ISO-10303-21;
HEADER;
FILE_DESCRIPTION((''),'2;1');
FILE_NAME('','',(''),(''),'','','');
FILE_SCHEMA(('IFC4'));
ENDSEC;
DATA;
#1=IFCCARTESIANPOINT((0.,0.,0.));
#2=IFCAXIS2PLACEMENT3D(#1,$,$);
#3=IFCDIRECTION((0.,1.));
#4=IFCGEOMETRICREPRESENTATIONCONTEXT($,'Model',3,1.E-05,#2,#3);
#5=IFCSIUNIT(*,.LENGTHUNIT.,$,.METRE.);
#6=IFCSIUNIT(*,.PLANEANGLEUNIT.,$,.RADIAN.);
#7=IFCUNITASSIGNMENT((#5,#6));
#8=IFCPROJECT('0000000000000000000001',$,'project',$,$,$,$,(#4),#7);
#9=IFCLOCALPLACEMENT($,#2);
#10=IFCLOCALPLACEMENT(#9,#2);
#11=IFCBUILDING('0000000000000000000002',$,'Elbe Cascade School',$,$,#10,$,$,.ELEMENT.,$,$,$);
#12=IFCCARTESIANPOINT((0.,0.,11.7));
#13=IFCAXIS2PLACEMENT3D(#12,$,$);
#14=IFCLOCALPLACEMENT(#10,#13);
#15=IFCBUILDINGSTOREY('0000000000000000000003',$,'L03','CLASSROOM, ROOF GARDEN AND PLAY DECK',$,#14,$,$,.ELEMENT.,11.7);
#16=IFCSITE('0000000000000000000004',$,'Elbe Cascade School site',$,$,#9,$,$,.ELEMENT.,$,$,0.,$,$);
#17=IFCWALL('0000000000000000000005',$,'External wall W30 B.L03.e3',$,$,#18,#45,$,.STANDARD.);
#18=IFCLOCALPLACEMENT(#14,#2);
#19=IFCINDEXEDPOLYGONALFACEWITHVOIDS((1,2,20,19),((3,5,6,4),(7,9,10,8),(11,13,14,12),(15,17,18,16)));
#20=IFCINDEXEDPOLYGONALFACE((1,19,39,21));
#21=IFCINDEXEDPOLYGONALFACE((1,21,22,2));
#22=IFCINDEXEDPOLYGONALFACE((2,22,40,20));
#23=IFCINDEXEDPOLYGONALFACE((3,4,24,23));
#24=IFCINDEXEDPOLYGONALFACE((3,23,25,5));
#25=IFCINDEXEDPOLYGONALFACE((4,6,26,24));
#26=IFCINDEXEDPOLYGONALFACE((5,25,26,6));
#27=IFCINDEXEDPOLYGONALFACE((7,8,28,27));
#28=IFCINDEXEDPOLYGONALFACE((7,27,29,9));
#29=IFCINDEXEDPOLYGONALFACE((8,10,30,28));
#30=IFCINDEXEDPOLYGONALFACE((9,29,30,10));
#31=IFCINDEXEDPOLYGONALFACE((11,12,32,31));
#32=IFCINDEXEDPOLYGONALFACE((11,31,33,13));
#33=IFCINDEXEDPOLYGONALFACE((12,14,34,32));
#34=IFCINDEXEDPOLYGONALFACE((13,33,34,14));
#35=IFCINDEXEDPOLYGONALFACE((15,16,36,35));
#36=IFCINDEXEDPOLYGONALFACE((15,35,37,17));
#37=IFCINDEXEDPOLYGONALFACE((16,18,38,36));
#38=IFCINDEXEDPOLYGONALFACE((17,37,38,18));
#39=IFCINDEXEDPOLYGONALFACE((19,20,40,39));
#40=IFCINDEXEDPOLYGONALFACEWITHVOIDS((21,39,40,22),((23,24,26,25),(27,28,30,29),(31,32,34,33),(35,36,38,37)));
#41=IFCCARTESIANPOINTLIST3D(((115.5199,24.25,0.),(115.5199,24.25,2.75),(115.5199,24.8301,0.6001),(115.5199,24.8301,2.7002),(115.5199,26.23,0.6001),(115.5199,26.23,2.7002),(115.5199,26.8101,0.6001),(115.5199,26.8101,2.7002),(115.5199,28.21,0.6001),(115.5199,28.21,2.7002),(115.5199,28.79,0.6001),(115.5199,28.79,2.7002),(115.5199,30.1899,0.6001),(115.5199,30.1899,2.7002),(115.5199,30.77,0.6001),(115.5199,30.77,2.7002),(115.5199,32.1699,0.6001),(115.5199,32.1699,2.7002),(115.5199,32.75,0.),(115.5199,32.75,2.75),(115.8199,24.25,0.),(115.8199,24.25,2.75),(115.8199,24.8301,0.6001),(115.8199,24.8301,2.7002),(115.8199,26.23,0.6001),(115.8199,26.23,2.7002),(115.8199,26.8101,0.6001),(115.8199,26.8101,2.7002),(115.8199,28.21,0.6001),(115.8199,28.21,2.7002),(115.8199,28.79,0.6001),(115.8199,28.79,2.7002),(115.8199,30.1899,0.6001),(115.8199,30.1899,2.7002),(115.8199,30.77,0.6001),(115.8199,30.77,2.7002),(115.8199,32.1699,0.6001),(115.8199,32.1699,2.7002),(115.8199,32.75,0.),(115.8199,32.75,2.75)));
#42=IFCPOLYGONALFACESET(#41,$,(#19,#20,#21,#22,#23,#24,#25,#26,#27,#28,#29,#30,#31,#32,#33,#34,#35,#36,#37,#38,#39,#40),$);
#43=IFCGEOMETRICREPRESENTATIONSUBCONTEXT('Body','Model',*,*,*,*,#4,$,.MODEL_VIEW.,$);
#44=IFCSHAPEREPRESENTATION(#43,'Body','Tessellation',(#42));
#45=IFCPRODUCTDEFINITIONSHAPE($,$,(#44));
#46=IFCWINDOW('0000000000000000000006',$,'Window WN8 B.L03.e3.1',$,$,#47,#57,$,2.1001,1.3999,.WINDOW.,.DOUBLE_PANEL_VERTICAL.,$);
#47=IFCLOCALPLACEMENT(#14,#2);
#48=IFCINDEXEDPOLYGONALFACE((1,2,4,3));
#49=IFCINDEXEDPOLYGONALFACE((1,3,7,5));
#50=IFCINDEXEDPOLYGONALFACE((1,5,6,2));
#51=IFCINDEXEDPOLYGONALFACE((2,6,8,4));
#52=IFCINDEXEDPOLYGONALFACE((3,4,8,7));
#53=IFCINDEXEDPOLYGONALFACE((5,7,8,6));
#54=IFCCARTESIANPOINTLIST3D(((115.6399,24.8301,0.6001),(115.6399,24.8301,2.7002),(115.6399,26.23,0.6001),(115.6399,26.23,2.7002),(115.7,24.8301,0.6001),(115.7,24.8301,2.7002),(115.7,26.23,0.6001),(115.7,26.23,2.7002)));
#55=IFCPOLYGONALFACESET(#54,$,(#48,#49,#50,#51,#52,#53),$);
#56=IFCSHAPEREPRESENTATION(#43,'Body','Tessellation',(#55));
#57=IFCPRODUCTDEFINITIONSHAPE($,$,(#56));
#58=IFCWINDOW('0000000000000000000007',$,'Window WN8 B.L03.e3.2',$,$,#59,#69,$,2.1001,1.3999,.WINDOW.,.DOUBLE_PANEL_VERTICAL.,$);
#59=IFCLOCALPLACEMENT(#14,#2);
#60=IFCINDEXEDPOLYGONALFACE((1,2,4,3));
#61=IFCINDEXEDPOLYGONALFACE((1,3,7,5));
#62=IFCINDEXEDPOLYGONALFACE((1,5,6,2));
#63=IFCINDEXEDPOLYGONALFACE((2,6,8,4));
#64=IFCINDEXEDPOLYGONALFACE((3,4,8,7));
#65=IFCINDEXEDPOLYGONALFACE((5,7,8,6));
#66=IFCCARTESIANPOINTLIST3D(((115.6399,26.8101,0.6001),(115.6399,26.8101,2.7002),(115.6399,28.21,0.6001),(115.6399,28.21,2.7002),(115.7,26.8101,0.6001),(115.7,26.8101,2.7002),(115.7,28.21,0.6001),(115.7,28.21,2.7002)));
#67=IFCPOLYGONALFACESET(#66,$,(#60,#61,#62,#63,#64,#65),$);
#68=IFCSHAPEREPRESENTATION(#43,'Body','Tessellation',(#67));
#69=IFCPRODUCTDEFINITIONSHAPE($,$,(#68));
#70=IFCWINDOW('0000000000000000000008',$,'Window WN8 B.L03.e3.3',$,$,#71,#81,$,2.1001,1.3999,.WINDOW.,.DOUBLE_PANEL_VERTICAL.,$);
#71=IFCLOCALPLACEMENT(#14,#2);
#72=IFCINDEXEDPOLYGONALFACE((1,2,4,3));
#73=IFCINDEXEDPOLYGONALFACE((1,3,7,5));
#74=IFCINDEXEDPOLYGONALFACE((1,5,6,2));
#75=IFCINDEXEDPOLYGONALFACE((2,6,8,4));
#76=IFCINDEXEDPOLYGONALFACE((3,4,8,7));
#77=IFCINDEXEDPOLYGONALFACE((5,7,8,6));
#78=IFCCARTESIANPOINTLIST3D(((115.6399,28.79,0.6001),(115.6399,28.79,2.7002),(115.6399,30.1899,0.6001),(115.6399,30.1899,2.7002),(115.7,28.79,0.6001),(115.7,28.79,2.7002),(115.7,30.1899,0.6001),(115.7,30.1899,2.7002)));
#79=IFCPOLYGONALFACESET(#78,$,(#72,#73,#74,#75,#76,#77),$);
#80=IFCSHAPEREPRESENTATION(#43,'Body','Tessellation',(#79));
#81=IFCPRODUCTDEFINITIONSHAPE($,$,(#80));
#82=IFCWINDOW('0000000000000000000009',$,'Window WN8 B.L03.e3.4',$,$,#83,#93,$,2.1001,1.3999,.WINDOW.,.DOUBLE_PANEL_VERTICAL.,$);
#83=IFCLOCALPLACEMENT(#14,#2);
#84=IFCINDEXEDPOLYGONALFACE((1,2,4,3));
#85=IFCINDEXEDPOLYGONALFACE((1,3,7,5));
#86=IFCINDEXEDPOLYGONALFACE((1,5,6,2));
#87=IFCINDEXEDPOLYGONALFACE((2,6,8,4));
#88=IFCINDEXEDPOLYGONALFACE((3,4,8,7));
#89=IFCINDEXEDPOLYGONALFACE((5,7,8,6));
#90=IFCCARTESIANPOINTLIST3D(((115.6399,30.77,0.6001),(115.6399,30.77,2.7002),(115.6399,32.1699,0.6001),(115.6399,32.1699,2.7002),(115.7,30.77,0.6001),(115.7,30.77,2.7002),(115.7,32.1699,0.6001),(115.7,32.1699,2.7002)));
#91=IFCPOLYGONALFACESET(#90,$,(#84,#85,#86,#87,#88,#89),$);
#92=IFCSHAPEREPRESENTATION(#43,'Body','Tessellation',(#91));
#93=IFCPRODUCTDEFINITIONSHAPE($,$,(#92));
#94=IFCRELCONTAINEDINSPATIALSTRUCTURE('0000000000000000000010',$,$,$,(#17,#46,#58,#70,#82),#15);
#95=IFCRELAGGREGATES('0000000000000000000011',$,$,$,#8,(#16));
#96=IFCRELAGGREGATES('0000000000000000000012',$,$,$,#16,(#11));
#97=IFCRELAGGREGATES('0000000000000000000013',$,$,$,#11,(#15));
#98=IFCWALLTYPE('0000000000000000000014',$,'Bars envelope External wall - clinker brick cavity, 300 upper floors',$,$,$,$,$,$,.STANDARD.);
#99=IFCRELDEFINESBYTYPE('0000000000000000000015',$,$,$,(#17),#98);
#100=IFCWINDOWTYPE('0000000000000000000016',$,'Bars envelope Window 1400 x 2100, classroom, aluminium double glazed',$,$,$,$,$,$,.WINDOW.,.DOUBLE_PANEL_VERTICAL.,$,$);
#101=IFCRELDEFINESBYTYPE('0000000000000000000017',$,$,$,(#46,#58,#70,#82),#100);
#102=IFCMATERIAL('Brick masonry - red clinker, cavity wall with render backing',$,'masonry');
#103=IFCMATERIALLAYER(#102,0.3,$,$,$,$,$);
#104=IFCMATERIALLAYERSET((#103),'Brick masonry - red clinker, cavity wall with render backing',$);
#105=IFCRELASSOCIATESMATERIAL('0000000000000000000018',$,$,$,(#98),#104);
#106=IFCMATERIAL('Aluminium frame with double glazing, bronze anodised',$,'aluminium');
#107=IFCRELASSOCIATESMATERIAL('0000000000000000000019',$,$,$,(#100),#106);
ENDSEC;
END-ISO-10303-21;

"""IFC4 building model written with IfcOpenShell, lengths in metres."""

from ifc_helpers import new_model, si_unit, direction, frame, frame_2d, origin, place, context, subcontext, project, spatial, rectangle, extrude, material, layer, layer_set, type_object, element, fill, save


model = new_model("IFC4")

# Units and contexts
model_context = context("Model", 3, precision=1e-05, world=origin(), true_north=direction((0.0, 1.0)))
body_context = subcontext(model_context, "Body", "Model", "MODEL_VIEW")
ifc_project = project(units=[si_unit("LENGTHUNIT", "METRE"), si_unit("PLANEANGLEUNIT", "RADIAN")], contexts=[model_context])

# Site, building, storey
site_placement = place(None, origin())
site = spatial("IfcSite", under=ifc_project, at=site_placement, Name="Elbe Cascade School site", CompositionType="ELEMENT", RefElevation=0.0)
building_placement = place(site_placement, origin())
building = spatial("IfcBuilding", under=site, at=building_placement, Name="Elbe Cascade School", CompositionType="ELEMENT")
storey_placement = place(building_placement, frame((0.0, 0.0, 11.7)))
storey = spatial("IfcBuildingStorey", under=building, at=storey_placement, Name="L03", Description="CLASSROOM, ROOF GARDEN AND PLAY DECK", CompositionType="ELEMENT", Elevation=11.7)

# Wall, openings, windows
ifc_material_1 = material(Name="Brick masonry - red clinker, cavity wall with render backing", Category="masonry")
ifc_layer_1 = layer(ifc_material_1, 0.3)
ifc_layer_set_1 = layer_set([ifc_layer_1], Name="Brick masonry - red clinker, cavity wall with render backing")
wall_type_1 = type_object("IfcWallType", Name="Bars envelope External wall - clinker brick cavity, 300 upper floors", PredefinedType="STANDARD", material=ifc_layer_set_1)
ifc_material_2 = material(Name="Aluminium frame with double glazing, bronze anodised", Category="aluminium")
window_type = type_object("IfcWindowType", Name="Bars envelope Window 1400 x 2100, classroom, aluminium double glazed", PartitioningType="DOUBLE_PANEL_VERTICAL", PredefinedType="WINDOW", material=ifc_material_2)
wall_1_placement = place(storey_placement, frame((115.6699, 32.75, 0.0), z_axis=(0.0, 0.0, 1.0), x_axis=(0.0, -1.0, 0.0)))
wall_1 = element("IfcWall", 1, at=wall_1_placement, inside=storey, type_object=wall_type_1, Name="External wall W30 B.L03.e3", PredefinedType="STANDARD", context=body_context, shape_type="SweptSolid", body=[
    extrude(rectangle(XDim=8.5, YDim=0.3, at=frame_2d((4.25, 0.0))), origin(), (0.0, 0.0, 1.0), 2.75),
])
opening_1_placement = place(wall_1_placement, frame((6.52, 0.0, 0.6001)))
opening_1 = element("IfcOpeningElement", 2, at=opening_1_placement, cuts=wall_1, PredefinedType="OPENING", context=body_context, shape_type="SweptSolid", body=[
    extrude(rectangle(XDim=1.3999, YDim=2.1001, at=frame_2d((0.7, 1.05))), frame((0.0, 0.1599, 0.0), z_axis=(0.0, -1.0, 0.0), x_axis=(1.0, 0.0, 0.0)), (0.0, 0.0, 1.0), 0.3201),
])
opening_2_placement = place(wall_1_placement, frame((4.54, 0.0, 0.6001)))
opening_2 = element("IfcOpeningElement", 3, at=opening_2_placement, cuts=wall_1, PredefinedType="OPENING", context=body_context, shape_type="SweptSolid", body=[
    extrude(rectangle(XDim=1.3999, YDim=2.1001, at=frame_2d((0.7, 1.05))), frame((0.0, 0.1599, 0.0), z_axis=(0.0, -1.0, 0.0), x_axis=(1.0, 0.0, 0.0)), (0.0, 0.0, 1.0), 0.3201),
])
opening_3_placement = place(wall_1_placement, frame((2.5601, 0.0, 0.6001)))
opening_3 = element("IfcOpeningElement", 4, at=opening_3_placement, cuts=wall_1, PredefinedType="OPENING", context=body_context, shape_type="SweptSolid", body=[
    extrude(rectangle(XDim=1.3999, YDim=2.1001, at=frame_2d((0.7, 1.05))), frame((0.0, 0.1599, 0.0), z_axis=(0.0, -1.0, 0.0), x_axis=(1.0, 0.0, 0.0)), (0.0, 0.0, 1.0), 0.3201),
])
opening_4_placement = place(wall_1_placement, frame((0.5801, 0.0, 0.6001)))
opening_4 = element("IfcOpeningElement", 5, at=opening_4_placement, cuts=wall_1, PredefinedType="OPENING", context=body_context, shape_type="SweptSolid", body=[
    extrude(rectangle(XDim=1.3999, YDim=2.1001, at=frame_2d((0.7, 1.05))), frame((0.0, 0.1599, 0.0), z_axis=(0.0, -1.0, 0.0), x_axis=(1.0, 0.0, 0.0)), (0.0, 0.0, 1.0), 0.3201),
])
window_1_placement = place(opening_1_placement, origin())
window_1 = element("IfcWindow", 6, at=window_1_placement, inside=storey, type_object=window_type, Name="Window WN8 B.L03.e3.1", OverallHeight=2.1001, OverallWidth=1.3999, PartitioningType="DOUBLE_PANEL_VERTICAL", PredefinedType="WINDOW", context=body_context, shape_type="SweptSolid", body=[
    extrude(rectangle(XDim=1.3999, YDim=2.1001, at=frame_2d((0.7, 1.05))), frame((0.0, 0.03, 0.0), z_axis=(0.0, -1.0, 0.0), x_axis=(1.0, 0.0, 0.0)), (0.0, 0.0, 1.0), 0.0601),
])
fill(opening_1, window_1)
window_2_placement = place(opening_2_placement, origin())
window_2 = element("IfcWindow", 7, at=window_2_placement, inside=storey, type_object=window_type, Name="Window WN8 B.L03.e3.2", OverallHeight=2.1001, OverallWidth=1.3999, PartitioningType="DOUBLE_PANEL_VERTICAL", PredefinedType="WINDOW", context=body_context, shape_type="SweptSolid", body=[
    extrude(rectangle(XDim=1.3999, YDim=2.1001, at=frame_2d((0.7, 1.05))), frame((0.0, 0.03, 0.0), z_axis=(0.0, -1.0, 0.0), x_axis=(1.0, 0.0, 0.0)), (0.0, 0.0, 1.0), 0.0601),
])
fill(opening_2, window_2)
window_3_placement = place(opening_3_placement, origin())
window_3 = element("IfcWindow", 8, at=window_3_placement, inside=storey, type_object=window_type, Name="Window WN8 B.L03.e3.3", OverallHeight=2.1001, OverallWidth=1.3999, PartitioningType="DOUBLE_PANEL_VERTICAL", PredefinedType="WINDOW", context=body_context, shape_type="SweptSolid", body=[
    extrude(rectangle(XDim=1.3999, YDim=2.1001, at=frame_2d((0.7, 1.05))), frame((0.0, 0.03, 0.0), z_axis=(0.0, -1.0, 0.0), x_axis=(1.0, 0.0, 0.0)), (0.0, 0.0, 1.0), 0.0601),
])
fill(opening_3, window_3)
window_4_placement = place(opening_4_placement, origin())
window_4 = element("IfcWindow", 9, at=window_4_placement, inside=storey, type_object=window_type, Name="Window WN8 B.L03.e3.4", OverallHeight=2.1001, OverallWidth=1.3999, PartitioningType="DOUBLE_PANEL_VERTICAL", PredefinedType="WINDOW", context=body_context, shape_type="SweptSolid", body=[
    extrude(rectangle(XDim=1.3999, YDim=2.1001, at=frame_2d((0.7, 1.05))), frame((0.0, 0.03, 0.0), z_axis=(0.0, -1.0, 0.0), x_axis=(1.0, 0.0, 0.0)), (0.0, 0.0, 1.0), 0.0601),
])
fill(opening_4, window_4)

save(model, "model.ifc")
